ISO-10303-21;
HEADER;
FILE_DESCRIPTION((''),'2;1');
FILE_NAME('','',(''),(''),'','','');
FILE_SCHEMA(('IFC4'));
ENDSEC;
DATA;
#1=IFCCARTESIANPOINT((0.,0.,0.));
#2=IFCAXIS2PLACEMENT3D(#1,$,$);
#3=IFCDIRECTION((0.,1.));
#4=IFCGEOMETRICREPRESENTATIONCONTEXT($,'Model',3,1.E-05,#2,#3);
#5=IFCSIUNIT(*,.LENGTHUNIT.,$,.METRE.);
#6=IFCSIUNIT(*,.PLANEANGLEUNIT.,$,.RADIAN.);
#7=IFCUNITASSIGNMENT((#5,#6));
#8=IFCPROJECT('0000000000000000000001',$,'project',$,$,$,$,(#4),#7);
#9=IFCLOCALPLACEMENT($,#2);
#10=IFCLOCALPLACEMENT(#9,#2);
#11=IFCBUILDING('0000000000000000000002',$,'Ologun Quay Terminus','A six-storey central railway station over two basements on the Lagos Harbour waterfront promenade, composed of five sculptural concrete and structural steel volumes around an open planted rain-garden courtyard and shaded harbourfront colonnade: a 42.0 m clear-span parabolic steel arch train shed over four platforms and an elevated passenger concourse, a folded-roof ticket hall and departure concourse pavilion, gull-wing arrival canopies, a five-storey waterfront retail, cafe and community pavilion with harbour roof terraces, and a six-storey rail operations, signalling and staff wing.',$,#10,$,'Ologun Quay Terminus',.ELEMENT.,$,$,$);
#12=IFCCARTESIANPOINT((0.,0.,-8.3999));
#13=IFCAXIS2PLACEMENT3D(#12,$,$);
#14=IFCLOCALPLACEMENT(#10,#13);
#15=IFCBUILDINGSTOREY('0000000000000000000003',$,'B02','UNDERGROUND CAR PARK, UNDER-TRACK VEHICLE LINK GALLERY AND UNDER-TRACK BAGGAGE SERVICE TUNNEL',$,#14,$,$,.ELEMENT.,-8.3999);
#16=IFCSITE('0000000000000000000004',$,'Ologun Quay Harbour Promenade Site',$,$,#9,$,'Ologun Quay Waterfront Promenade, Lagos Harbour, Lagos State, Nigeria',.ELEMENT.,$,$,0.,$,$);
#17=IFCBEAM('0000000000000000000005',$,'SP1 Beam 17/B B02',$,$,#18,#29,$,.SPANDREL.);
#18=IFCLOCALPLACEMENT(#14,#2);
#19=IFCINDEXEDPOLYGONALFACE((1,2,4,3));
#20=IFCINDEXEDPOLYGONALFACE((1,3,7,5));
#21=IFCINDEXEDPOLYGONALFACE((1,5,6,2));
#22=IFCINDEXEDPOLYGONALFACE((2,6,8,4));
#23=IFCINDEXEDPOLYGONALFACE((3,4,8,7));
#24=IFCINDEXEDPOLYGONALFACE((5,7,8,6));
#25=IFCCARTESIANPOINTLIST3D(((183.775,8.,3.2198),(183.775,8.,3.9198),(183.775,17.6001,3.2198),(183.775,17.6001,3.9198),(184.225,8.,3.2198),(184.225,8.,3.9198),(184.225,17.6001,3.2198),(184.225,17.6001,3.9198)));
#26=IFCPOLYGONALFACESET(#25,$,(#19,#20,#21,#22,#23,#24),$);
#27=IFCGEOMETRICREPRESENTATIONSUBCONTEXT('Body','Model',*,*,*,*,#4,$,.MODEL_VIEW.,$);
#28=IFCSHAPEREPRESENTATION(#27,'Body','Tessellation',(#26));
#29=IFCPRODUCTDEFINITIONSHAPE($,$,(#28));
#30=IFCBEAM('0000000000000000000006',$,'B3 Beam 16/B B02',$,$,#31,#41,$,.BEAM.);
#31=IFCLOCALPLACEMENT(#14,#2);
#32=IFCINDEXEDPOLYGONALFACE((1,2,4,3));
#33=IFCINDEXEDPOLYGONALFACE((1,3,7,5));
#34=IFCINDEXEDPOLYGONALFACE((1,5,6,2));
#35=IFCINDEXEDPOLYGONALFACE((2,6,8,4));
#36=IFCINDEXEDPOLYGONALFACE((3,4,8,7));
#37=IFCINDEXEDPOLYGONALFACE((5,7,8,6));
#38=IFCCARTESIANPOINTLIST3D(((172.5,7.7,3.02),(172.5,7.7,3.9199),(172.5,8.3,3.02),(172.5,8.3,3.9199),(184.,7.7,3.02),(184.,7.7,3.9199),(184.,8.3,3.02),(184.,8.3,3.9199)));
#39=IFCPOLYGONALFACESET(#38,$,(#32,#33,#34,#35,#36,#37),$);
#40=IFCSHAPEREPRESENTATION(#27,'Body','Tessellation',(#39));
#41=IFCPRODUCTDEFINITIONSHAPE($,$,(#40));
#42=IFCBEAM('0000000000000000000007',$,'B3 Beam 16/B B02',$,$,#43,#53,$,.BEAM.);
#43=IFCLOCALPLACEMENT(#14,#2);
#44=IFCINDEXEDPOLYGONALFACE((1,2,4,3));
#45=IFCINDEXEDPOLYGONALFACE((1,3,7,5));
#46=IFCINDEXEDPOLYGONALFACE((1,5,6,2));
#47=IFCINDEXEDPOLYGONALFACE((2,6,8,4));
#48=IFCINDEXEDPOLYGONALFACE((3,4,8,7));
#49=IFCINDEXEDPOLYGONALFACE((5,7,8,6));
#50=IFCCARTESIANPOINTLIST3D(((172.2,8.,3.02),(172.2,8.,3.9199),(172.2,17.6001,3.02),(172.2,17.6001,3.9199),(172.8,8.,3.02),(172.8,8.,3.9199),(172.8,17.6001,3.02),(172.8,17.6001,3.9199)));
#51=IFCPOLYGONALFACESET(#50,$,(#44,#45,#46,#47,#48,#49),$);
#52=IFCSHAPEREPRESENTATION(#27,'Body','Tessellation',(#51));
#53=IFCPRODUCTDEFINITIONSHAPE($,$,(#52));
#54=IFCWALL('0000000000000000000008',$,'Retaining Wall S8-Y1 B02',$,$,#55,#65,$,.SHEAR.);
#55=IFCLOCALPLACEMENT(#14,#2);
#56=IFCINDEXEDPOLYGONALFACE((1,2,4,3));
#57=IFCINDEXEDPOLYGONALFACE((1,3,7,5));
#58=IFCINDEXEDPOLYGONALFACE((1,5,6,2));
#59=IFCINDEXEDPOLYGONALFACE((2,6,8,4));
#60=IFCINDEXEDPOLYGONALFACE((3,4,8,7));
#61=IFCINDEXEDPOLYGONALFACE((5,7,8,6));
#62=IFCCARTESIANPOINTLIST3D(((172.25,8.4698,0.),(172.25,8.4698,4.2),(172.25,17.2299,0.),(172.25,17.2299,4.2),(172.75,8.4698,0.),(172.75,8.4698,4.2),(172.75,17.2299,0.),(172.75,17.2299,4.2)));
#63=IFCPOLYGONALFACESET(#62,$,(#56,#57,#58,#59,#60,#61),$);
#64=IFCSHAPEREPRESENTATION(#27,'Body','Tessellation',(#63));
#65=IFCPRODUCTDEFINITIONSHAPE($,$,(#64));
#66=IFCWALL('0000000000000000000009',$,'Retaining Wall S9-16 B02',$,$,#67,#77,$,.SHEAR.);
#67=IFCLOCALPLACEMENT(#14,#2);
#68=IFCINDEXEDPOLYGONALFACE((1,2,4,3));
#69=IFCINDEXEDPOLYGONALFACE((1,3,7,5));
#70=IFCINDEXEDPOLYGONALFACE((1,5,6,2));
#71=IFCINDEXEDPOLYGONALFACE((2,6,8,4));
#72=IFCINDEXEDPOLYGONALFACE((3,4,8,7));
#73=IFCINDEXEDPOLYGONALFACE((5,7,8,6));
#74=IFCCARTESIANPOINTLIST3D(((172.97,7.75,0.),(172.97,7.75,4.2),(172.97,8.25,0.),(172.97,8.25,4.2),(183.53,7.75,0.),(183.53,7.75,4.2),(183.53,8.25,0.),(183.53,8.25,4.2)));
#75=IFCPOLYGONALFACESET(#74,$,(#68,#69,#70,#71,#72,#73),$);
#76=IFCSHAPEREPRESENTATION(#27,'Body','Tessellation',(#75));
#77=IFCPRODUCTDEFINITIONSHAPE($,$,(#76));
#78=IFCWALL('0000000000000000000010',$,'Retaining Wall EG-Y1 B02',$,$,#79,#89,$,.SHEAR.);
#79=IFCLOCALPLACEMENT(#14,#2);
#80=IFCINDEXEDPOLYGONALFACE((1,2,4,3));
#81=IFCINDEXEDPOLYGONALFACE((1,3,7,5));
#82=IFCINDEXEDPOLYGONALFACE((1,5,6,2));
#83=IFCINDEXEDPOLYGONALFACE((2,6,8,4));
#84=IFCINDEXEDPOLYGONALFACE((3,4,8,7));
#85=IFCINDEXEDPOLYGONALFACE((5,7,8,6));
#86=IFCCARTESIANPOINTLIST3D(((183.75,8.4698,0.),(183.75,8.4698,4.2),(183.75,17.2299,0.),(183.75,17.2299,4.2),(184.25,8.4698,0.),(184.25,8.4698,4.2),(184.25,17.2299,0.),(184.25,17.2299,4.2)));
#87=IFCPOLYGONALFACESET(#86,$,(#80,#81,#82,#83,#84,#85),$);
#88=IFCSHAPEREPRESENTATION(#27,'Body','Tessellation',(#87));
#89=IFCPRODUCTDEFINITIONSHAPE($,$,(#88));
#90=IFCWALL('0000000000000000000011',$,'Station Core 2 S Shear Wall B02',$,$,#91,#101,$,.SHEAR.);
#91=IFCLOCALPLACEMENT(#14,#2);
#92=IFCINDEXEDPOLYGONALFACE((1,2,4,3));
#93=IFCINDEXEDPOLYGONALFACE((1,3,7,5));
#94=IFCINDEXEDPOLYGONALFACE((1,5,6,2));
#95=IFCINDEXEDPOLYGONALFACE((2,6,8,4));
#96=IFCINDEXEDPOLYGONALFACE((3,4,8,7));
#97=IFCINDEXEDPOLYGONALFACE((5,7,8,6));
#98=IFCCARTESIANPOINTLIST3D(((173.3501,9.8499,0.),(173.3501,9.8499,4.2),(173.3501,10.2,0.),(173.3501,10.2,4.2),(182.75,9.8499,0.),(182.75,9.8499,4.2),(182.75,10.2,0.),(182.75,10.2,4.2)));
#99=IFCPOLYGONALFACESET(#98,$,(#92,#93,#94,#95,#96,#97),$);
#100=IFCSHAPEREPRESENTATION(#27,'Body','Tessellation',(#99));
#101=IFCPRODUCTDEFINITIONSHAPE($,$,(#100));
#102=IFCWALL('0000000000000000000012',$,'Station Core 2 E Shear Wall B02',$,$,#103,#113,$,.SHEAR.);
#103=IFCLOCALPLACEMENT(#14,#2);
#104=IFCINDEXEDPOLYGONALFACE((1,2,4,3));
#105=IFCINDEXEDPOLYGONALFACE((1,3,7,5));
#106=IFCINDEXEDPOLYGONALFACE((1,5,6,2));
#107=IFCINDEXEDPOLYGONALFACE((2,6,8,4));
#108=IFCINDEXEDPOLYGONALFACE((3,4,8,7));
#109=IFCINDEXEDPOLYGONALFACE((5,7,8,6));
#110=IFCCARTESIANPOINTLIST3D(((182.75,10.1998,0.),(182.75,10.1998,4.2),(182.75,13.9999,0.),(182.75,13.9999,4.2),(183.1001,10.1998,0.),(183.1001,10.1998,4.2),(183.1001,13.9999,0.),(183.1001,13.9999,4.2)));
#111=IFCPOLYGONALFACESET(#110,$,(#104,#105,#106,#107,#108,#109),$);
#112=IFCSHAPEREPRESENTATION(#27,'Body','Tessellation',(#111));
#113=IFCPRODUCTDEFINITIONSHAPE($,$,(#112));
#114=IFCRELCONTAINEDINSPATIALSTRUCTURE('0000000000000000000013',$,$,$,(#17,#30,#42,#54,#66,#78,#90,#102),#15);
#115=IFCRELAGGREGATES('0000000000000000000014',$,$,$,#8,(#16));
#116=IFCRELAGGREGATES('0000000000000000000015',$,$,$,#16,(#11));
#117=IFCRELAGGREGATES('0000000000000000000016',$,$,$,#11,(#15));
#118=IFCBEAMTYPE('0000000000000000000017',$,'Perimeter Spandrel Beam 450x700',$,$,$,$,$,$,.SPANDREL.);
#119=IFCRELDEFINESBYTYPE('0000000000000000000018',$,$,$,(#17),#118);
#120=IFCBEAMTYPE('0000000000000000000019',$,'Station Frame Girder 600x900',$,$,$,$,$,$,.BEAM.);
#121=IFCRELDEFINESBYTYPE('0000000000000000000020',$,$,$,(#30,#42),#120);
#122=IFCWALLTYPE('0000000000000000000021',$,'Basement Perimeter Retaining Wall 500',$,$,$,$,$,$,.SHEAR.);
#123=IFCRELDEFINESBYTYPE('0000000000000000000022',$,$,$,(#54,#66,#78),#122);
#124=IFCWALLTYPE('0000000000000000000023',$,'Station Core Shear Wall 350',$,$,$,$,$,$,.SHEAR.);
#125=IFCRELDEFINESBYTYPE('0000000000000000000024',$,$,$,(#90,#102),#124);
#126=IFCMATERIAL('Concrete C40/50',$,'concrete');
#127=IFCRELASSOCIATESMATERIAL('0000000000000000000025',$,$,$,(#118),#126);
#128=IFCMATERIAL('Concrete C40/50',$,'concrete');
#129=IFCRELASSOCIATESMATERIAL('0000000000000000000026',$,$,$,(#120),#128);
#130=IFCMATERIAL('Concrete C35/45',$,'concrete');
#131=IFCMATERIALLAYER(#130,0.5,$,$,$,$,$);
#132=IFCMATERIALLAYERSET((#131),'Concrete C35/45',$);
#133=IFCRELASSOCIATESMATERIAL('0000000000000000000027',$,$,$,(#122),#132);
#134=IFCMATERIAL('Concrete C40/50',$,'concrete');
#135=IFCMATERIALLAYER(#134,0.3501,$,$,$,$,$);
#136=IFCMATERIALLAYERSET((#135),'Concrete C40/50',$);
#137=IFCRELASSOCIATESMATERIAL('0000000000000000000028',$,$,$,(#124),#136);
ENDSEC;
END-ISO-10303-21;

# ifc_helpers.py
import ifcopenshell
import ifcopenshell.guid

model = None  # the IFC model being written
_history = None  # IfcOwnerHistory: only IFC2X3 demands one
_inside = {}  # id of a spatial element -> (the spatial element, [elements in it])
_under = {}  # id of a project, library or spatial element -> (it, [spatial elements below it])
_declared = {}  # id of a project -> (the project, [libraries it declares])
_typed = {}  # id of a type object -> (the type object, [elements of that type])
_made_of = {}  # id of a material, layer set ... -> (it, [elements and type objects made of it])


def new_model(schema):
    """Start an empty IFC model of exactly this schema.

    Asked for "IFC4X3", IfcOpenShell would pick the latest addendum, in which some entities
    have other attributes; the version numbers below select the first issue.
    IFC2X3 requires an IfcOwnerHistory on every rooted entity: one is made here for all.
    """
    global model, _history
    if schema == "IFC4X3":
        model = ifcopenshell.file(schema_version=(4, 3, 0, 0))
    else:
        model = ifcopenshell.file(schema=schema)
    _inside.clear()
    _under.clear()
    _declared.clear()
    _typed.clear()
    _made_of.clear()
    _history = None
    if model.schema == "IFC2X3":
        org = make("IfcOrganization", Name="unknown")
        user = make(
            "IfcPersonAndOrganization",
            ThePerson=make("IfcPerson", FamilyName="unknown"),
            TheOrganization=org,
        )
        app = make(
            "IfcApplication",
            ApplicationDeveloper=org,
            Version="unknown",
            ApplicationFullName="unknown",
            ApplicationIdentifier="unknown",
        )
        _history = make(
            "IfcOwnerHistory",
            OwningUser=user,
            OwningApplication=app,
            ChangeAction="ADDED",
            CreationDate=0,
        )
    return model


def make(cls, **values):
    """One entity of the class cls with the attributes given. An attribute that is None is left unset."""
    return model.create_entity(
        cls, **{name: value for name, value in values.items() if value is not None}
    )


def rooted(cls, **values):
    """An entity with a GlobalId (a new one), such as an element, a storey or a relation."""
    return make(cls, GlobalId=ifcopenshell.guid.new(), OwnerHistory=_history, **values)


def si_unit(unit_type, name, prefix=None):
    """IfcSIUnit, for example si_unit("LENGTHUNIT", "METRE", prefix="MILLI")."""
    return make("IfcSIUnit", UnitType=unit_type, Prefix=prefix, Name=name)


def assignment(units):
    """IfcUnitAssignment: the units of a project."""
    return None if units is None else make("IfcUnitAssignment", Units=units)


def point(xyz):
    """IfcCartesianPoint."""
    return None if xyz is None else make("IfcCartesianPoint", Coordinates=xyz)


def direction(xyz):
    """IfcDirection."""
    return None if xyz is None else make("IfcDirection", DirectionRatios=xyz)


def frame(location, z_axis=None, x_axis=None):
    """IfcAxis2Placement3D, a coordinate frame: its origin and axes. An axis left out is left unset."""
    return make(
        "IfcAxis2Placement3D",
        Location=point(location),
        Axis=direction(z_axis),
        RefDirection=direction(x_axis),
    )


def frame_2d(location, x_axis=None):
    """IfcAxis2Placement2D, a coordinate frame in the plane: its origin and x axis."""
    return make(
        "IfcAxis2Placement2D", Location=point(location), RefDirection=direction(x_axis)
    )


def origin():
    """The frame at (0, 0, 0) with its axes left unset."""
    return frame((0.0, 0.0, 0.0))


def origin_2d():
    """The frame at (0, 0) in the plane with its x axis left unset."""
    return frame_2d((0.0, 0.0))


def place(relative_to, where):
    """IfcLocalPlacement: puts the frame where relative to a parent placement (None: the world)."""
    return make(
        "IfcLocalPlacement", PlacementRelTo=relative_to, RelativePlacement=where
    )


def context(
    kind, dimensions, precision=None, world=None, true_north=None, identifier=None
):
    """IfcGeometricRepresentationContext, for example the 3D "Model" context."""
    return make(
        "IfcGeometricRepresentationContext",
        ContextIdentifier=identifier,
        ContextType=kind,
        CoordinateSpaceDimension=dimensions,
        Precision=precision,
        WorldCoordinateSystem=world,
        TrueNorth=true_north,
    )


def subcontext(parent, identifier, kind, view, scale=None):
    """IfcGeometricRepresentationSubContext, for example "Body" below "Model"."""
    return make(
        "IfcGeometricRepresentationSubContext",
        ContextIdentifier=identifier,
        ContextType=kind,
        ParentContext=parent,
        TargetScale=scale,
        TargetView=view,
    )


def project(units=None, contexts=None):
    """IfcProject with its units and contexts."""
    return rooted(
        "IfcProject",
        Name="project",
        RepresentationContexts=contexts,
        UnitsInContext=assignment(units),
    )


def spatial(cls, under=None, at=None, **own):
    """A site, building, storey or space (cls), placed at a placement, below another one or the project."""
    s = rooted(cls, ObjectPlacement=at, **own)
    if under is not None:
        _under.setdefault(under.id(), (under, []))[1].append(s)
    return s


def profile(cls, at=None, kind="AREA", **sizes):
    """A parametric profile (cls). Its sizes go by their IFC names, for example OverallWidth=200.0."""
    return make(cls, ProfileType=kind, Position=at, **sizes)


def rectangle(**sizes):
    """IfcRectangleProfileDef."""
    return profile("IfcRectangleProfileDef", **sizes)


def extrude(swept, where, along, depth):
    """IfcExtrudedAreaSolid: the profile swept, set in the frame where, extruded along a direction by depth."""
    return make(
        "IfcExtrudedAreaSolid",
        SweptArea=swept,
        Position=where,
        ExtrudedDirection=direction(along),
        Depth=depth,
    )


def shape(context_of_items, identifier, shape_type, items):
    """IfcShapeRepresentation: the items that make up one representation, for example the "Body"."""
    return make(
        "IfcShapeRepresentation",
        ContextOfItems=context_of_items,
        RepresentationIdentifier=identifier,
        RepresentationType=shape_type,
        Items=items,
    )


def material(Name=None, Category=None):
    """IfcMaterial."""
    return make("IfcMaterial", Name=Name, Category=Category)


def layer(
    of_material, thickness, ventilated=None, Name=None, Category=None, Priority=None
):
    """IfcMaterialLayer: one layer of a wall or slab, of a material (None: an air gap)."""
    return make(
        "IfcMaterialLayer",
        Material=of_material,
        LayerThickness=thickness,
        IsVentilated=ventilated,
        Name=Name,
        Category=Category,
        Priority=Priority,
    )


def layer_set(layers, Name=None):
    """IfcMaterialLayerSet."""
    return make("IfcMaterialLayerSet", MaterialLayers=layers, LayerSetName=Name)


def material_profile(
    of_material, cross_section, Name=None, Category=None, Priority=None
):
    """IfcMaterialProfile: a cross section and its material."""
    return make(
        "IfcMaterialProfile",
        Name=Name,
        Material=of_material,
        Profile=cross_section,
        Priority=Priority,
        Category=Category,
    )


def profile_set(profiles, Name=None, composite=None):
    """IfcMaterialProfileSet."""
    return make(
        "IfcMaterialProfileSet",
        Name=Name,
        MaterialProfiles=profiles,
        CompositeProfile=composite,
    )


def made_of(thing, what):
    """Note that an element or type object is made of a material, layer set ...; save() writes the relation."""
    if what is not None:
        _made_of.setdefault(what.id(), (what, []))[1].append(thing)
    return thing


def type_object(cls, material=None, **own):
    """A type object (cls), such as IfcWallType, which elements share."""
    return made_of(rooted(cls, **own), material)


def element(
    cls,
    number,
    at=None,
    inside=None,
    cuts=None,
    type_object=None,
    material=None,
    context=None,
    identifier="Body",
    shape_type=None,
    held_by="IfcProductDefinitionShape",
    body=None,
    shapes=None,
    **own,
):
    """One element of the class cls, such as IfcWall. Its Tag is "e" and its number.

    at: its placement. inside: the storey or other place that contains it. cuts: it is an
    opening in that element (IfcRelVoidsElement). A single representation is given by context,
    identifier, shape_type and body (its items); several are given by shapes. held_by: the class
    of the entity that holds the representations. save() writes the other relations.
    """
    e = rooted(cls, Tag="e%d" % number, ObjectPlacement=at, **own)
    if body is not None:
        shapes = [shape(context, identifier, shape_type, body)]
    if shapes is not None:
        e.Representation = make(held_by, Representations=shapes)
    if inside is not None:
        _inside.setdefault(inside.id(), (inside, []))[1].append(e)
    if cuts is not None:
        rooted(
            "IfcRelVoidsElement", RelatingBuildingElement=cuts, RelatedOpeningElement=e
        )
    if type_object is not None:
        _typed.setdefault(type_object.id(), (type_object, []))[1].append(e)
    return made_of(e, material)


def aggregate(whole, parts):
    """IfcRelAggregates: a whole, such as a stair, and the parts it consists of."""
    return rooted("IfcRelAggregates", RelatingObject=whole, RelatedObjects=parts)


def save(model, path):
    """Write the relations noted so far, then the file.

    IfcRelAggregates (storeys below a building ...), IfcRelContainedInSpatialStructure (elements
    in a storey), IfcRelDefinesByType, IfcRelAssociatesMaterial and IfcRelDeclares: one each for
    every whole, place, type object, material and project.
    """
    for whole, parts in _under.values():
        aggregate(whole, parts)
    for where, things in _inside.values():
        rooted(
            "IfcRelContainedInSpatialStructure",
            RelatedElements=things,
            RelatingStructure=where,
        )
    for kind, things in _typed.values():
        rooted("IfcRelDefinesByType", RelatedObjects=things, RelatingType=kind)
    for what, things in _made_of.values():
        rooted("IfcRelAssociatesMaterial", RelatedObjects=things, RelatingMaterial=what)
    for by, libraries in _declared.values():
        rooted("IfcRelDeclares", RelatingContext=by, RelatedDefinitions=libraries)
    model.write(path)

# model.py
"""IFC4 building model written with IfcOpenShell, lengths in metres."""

from ifc_helpers import new_model, si_unit, direction, frame, frame_2d, origin, origin_2d, place, context, subcontext, project, spatial, rectangle, extrude, material, layer, layer_set, material_profile, profile_set, type_object, element, save


model = new_model("IFC4")

# Units and contexts
model_context = context("Model", 3, precision=1e-05, world=origin(), true_north=direction((0.0, 1.0)))
body_context = subcontext(model_context, "Body", "Model", "MODEL_VIEW")
ifc_project = project(units=[si_unit("LENGTHUNIT", "METRE"), si_unit("PLANEANGLEUNIT", "RADIAN")], contexts=[model_context])

# Site, building, storey
site_placement = place(None, origin())
site = spatial("IfcSite", under=ifc_project, at=site_placement, Name="Ologun Quay Harbour Promenade Site", LongName="Ologun Quay Waterfront Promenade, Lagos Harbour, Lagos State, Nigeria", CompositionType="ELEMENT", RefElevation=0.0)
building_placement = place(site_placement, origin())
building = spatial("IfcBuilding", under=site, at=building_placement, Name="Ologun Quay Terminus", Description="A six-storey central railway station over two basements on the Lagos Harbour waterfront promenade, composed of five sculptural concrete and structural steel volumes around an open planted rain-garden courtyard and shaded harbourfront colonnade: a 42.0 m clear-span parabolic steel arch train shed over four platforms and an elevated passenger concourse, a folded-roof ticket hall and departure concourse pavilion, gull-wing arrival canopies, a five-storey waterfront retail, cafe and community pavilion with harbour roof terraces, and a six-storey rail operations, signalling and staff wing.", LongName="Ologun Quay Terminus", CompositionType="ELEMENT")
storey_placement = place(building_placement, frame((0.0, 0.0, -8.3999)))
storey = spatial("IfcBuildingStorey", under=building, at=storey_placement, Name="B02", Description="UNDERGROUND CAR PARK, UNDER-TRACK VEHICLE LINK GALLERY AND UNDER-TRACK BAGGAGE SERVICE TUNNEL", CompositionType="ELEMENT", Elevation=-8.3999)

# Beams
ifc_material_1 = material(Name="Concrete C40/50", Category="concrete")
ifc_material_profile_1 = material_profile(ifc_material_1, rectangle(XDim=0.45, YDim=0.7, at=origin_2d()), Name="RC 450x700")
ifc_profile_set_1 = profile_set([ifc_material_profile_1], Name="Concrete C40/50")
beam_type_1 = type_object("IfcBeamType", Name="Perimeter Spandrel Beam 450x700", PredefinedType="SPANDREL", material=ifc_profile_set_1)
beam_1_placement = place(storey_placement, frame((184.0, 8.0, 3.5698), z_axis=(0.0, 1.0, 0.0), x_axis=(-1.0, 0.0, 0.0)))
element("IfcBeam", 1, at=beam_1_placement, inside=storey, type_object=beam_type_1, Name="SP1 Beam 17/B B02", PredefinedType="SPANDREL", context=body_context, shape_type="SweptSolid", body=[
    extrude(rectangle(XDim=0.45, YDim=0.7, at=origin_2d()), origin(), (0.0, 0.0, 1.0), 9.6001),
])
ifc_material_2 = material(Name="Concrete C40/50", Category="concrete")
ifc_material_profile_2 = material_profile(ifc_material_2, rectangle(XDim=0.6001, YDim=0.8999, at=origin_2d()), Name="RC 600x900")
ifc_profile_set_2 = profile_set([ifc_material_profile_2], Name="Concrete C40/50")
beam_type_2 = type_object("IfcBeamType", Name="Station Frame Girder 600x900", PredefinedType="BEAM", material=ifc_profile_set_2)
beam_2_placement = place(storey_placement, frame((172.5, 8.0, 3.47), z_axis=(1.0, 0.0, 0.0), x_axis=(0.0, 1.0, 0.0)))
element("IfcBeam", 2, at=beam_2_placement, inside=storey, type_object=beam_type_2, Name="B3 Beam 16/B B02", PredefinedType="BEAM", context=body_context, shape_type="SweptSolid", body=[
    extrude(rectangle(XDim=0.6001, YDim=0.8999, at=origin_2d()), origin(), (0.0, 0.0, 1.0), 11.5),
])
beam_3_placement = place(storey_placement, frame((172.5, 8.0, 3.47), z_axis=(0.0, 1.0, 0.0), x_axis=(-1.0, 0.0, 0.0)))
element("IfcBeam", 3, at=beam_3_placement, inside=storey, type_object=beam_type_2, Name="B3 Beam 16/B B02", PredefinedType="BEAM", context=body_context, shape_type="SweptSolid", body=[
    extrude(rectangle(XDim=0.6001, YDim=0.8999, at=origin_2d()), origin(), (0.0, 0.0, 1.0), 9.6001),
])

# Walls
ifc_material_3 = material(Name="Concrete C35/45", Category="concrete")
ifc_layer_1 = layer(ifc_material_3, 0.5)
ifc_layer_set_1 = layer_set([ifc_layer_1], Name="Concrete C35/45")
wall_type_1 = type_object("IfcWallType", Name="Basement Perimeter Retaining Wall 500", PredefinedType="SHEAR", material=ifc_layer_set_1)
wall_1_placement = place(storey_placement, frame((172.5, 8.47, 0.0), z_axis=(0.0, 0.0, 1.0), x_axis=(0.0, 1.0, 0.0)))
element("IfcWall", 4, at=wall_1_placement, inside=storey, type_object=wall_type_1, Name="Retaining Wall S8-Y1 B02", PredefinedType="SHEAR", context=body_context, shape_type="SweptSolid", body=[
    extrude(rectangle(XDim=8.76, YDim=0.5, at=frame_2d((4.3799, 0.0))), origin(), (0.0, 0.0, 1.0), 4.2),
])
wall_2_placement = place(storey_placement, frame((172.97, 8.0, 0.0), z_axis=(0.0, 0.0, 1.0), x_axis=(1.0, 0.0, 0.0)))
element("IfcWall", 5, at=wall_2_placement, inside=storey, type_object=wall_type_1, Name="Retaining Wall S9-16 B02", PredefinedType="SHEAR", context=body_context, shape_type="SweptSolid", body=[
    extrude(rectangle(XDim=10.5601, YDim=0.5, at=frame_2d((5.28, 0.0))), origin(), (0.0, 0.0, 1.0), 4.2),
])
wall_3_placement = place(storey_placement, frame((184.0, 8.47, 0.0), z_axis=(0.0, 0.0, 1.0), x_axis=(0.0, 1.0, 0.0)))
element("IfcWall", 6, at=wall_3_placement, inside=storey, type_object=wall_type_1, Name="Retaining Wall EG-Y1 B02", PredefinedType="SHEAR", context=body_context, shape_type="SweptSolid", body=[
    extrude(rectangle(XDim=8.76, YDim=0.5, at=frame_2d((4.3799, 0.0))), origin(), (0.0, 0.0, 1.0), 4.2),
])

# Walls
ifc_material_4 = material(Name="Concrete C40/50", Category="concrete")
ifc_layer_2 = layer(ifc_material_4, 0.3501)
ifc_layer_set_2 = layer_set([ifc_layer_2], Name="Concrete C40/50")
wall_type_2 = type_object("IfcWallType", Name="Station Core Shear Wall 350", PredefinedType="SHEAR", material=ifc_layer_set_2)
wall_4_placement = place(storey_placement, frame((173.3501, 10.0249, 0.0), z_axis=(0.0, 0.0, 1.0), x_axis=(1.0, 0.0, 0.0)))
element("IfcWall", 7, at=wall_4_placement, inside=storey, type_object=wall_type_2, Name="Station Core 2 S Shear Wall B02", PredefinedType="SHEAR", context=body_context, shape_type="SweptSolid", body=[
    extrude(rectangle(XDim=9.3999, YDim=0.3501, at=frame_2d((4.7, 0.0))), origin(), (0.0, 0.0, 1.0), 4.2),
])
wall_5_placement = place(storey_placement, frame((182.925, 10.2, 0.0), z_axis=(0.0, 0.0, 1.0), x_axis=(0.0, 1.0, 0.0)))
element("IfcWall", 8, at=wall_5_placement, inside=storey, type_object=wall_type_2, Name="Station Core 2 E Shear Wall B02", PredefinedType="SHEAR", context=body_context, shape_type="SweptSolid", body=[
    extrude(rectangle(XDim=3.8, YDim=0.3501, at=frame_2d((1.8999, 0.0))), origin(), (0.0, 0.0, 1.0), 4.2),
])

save(model, "model.ifc")
